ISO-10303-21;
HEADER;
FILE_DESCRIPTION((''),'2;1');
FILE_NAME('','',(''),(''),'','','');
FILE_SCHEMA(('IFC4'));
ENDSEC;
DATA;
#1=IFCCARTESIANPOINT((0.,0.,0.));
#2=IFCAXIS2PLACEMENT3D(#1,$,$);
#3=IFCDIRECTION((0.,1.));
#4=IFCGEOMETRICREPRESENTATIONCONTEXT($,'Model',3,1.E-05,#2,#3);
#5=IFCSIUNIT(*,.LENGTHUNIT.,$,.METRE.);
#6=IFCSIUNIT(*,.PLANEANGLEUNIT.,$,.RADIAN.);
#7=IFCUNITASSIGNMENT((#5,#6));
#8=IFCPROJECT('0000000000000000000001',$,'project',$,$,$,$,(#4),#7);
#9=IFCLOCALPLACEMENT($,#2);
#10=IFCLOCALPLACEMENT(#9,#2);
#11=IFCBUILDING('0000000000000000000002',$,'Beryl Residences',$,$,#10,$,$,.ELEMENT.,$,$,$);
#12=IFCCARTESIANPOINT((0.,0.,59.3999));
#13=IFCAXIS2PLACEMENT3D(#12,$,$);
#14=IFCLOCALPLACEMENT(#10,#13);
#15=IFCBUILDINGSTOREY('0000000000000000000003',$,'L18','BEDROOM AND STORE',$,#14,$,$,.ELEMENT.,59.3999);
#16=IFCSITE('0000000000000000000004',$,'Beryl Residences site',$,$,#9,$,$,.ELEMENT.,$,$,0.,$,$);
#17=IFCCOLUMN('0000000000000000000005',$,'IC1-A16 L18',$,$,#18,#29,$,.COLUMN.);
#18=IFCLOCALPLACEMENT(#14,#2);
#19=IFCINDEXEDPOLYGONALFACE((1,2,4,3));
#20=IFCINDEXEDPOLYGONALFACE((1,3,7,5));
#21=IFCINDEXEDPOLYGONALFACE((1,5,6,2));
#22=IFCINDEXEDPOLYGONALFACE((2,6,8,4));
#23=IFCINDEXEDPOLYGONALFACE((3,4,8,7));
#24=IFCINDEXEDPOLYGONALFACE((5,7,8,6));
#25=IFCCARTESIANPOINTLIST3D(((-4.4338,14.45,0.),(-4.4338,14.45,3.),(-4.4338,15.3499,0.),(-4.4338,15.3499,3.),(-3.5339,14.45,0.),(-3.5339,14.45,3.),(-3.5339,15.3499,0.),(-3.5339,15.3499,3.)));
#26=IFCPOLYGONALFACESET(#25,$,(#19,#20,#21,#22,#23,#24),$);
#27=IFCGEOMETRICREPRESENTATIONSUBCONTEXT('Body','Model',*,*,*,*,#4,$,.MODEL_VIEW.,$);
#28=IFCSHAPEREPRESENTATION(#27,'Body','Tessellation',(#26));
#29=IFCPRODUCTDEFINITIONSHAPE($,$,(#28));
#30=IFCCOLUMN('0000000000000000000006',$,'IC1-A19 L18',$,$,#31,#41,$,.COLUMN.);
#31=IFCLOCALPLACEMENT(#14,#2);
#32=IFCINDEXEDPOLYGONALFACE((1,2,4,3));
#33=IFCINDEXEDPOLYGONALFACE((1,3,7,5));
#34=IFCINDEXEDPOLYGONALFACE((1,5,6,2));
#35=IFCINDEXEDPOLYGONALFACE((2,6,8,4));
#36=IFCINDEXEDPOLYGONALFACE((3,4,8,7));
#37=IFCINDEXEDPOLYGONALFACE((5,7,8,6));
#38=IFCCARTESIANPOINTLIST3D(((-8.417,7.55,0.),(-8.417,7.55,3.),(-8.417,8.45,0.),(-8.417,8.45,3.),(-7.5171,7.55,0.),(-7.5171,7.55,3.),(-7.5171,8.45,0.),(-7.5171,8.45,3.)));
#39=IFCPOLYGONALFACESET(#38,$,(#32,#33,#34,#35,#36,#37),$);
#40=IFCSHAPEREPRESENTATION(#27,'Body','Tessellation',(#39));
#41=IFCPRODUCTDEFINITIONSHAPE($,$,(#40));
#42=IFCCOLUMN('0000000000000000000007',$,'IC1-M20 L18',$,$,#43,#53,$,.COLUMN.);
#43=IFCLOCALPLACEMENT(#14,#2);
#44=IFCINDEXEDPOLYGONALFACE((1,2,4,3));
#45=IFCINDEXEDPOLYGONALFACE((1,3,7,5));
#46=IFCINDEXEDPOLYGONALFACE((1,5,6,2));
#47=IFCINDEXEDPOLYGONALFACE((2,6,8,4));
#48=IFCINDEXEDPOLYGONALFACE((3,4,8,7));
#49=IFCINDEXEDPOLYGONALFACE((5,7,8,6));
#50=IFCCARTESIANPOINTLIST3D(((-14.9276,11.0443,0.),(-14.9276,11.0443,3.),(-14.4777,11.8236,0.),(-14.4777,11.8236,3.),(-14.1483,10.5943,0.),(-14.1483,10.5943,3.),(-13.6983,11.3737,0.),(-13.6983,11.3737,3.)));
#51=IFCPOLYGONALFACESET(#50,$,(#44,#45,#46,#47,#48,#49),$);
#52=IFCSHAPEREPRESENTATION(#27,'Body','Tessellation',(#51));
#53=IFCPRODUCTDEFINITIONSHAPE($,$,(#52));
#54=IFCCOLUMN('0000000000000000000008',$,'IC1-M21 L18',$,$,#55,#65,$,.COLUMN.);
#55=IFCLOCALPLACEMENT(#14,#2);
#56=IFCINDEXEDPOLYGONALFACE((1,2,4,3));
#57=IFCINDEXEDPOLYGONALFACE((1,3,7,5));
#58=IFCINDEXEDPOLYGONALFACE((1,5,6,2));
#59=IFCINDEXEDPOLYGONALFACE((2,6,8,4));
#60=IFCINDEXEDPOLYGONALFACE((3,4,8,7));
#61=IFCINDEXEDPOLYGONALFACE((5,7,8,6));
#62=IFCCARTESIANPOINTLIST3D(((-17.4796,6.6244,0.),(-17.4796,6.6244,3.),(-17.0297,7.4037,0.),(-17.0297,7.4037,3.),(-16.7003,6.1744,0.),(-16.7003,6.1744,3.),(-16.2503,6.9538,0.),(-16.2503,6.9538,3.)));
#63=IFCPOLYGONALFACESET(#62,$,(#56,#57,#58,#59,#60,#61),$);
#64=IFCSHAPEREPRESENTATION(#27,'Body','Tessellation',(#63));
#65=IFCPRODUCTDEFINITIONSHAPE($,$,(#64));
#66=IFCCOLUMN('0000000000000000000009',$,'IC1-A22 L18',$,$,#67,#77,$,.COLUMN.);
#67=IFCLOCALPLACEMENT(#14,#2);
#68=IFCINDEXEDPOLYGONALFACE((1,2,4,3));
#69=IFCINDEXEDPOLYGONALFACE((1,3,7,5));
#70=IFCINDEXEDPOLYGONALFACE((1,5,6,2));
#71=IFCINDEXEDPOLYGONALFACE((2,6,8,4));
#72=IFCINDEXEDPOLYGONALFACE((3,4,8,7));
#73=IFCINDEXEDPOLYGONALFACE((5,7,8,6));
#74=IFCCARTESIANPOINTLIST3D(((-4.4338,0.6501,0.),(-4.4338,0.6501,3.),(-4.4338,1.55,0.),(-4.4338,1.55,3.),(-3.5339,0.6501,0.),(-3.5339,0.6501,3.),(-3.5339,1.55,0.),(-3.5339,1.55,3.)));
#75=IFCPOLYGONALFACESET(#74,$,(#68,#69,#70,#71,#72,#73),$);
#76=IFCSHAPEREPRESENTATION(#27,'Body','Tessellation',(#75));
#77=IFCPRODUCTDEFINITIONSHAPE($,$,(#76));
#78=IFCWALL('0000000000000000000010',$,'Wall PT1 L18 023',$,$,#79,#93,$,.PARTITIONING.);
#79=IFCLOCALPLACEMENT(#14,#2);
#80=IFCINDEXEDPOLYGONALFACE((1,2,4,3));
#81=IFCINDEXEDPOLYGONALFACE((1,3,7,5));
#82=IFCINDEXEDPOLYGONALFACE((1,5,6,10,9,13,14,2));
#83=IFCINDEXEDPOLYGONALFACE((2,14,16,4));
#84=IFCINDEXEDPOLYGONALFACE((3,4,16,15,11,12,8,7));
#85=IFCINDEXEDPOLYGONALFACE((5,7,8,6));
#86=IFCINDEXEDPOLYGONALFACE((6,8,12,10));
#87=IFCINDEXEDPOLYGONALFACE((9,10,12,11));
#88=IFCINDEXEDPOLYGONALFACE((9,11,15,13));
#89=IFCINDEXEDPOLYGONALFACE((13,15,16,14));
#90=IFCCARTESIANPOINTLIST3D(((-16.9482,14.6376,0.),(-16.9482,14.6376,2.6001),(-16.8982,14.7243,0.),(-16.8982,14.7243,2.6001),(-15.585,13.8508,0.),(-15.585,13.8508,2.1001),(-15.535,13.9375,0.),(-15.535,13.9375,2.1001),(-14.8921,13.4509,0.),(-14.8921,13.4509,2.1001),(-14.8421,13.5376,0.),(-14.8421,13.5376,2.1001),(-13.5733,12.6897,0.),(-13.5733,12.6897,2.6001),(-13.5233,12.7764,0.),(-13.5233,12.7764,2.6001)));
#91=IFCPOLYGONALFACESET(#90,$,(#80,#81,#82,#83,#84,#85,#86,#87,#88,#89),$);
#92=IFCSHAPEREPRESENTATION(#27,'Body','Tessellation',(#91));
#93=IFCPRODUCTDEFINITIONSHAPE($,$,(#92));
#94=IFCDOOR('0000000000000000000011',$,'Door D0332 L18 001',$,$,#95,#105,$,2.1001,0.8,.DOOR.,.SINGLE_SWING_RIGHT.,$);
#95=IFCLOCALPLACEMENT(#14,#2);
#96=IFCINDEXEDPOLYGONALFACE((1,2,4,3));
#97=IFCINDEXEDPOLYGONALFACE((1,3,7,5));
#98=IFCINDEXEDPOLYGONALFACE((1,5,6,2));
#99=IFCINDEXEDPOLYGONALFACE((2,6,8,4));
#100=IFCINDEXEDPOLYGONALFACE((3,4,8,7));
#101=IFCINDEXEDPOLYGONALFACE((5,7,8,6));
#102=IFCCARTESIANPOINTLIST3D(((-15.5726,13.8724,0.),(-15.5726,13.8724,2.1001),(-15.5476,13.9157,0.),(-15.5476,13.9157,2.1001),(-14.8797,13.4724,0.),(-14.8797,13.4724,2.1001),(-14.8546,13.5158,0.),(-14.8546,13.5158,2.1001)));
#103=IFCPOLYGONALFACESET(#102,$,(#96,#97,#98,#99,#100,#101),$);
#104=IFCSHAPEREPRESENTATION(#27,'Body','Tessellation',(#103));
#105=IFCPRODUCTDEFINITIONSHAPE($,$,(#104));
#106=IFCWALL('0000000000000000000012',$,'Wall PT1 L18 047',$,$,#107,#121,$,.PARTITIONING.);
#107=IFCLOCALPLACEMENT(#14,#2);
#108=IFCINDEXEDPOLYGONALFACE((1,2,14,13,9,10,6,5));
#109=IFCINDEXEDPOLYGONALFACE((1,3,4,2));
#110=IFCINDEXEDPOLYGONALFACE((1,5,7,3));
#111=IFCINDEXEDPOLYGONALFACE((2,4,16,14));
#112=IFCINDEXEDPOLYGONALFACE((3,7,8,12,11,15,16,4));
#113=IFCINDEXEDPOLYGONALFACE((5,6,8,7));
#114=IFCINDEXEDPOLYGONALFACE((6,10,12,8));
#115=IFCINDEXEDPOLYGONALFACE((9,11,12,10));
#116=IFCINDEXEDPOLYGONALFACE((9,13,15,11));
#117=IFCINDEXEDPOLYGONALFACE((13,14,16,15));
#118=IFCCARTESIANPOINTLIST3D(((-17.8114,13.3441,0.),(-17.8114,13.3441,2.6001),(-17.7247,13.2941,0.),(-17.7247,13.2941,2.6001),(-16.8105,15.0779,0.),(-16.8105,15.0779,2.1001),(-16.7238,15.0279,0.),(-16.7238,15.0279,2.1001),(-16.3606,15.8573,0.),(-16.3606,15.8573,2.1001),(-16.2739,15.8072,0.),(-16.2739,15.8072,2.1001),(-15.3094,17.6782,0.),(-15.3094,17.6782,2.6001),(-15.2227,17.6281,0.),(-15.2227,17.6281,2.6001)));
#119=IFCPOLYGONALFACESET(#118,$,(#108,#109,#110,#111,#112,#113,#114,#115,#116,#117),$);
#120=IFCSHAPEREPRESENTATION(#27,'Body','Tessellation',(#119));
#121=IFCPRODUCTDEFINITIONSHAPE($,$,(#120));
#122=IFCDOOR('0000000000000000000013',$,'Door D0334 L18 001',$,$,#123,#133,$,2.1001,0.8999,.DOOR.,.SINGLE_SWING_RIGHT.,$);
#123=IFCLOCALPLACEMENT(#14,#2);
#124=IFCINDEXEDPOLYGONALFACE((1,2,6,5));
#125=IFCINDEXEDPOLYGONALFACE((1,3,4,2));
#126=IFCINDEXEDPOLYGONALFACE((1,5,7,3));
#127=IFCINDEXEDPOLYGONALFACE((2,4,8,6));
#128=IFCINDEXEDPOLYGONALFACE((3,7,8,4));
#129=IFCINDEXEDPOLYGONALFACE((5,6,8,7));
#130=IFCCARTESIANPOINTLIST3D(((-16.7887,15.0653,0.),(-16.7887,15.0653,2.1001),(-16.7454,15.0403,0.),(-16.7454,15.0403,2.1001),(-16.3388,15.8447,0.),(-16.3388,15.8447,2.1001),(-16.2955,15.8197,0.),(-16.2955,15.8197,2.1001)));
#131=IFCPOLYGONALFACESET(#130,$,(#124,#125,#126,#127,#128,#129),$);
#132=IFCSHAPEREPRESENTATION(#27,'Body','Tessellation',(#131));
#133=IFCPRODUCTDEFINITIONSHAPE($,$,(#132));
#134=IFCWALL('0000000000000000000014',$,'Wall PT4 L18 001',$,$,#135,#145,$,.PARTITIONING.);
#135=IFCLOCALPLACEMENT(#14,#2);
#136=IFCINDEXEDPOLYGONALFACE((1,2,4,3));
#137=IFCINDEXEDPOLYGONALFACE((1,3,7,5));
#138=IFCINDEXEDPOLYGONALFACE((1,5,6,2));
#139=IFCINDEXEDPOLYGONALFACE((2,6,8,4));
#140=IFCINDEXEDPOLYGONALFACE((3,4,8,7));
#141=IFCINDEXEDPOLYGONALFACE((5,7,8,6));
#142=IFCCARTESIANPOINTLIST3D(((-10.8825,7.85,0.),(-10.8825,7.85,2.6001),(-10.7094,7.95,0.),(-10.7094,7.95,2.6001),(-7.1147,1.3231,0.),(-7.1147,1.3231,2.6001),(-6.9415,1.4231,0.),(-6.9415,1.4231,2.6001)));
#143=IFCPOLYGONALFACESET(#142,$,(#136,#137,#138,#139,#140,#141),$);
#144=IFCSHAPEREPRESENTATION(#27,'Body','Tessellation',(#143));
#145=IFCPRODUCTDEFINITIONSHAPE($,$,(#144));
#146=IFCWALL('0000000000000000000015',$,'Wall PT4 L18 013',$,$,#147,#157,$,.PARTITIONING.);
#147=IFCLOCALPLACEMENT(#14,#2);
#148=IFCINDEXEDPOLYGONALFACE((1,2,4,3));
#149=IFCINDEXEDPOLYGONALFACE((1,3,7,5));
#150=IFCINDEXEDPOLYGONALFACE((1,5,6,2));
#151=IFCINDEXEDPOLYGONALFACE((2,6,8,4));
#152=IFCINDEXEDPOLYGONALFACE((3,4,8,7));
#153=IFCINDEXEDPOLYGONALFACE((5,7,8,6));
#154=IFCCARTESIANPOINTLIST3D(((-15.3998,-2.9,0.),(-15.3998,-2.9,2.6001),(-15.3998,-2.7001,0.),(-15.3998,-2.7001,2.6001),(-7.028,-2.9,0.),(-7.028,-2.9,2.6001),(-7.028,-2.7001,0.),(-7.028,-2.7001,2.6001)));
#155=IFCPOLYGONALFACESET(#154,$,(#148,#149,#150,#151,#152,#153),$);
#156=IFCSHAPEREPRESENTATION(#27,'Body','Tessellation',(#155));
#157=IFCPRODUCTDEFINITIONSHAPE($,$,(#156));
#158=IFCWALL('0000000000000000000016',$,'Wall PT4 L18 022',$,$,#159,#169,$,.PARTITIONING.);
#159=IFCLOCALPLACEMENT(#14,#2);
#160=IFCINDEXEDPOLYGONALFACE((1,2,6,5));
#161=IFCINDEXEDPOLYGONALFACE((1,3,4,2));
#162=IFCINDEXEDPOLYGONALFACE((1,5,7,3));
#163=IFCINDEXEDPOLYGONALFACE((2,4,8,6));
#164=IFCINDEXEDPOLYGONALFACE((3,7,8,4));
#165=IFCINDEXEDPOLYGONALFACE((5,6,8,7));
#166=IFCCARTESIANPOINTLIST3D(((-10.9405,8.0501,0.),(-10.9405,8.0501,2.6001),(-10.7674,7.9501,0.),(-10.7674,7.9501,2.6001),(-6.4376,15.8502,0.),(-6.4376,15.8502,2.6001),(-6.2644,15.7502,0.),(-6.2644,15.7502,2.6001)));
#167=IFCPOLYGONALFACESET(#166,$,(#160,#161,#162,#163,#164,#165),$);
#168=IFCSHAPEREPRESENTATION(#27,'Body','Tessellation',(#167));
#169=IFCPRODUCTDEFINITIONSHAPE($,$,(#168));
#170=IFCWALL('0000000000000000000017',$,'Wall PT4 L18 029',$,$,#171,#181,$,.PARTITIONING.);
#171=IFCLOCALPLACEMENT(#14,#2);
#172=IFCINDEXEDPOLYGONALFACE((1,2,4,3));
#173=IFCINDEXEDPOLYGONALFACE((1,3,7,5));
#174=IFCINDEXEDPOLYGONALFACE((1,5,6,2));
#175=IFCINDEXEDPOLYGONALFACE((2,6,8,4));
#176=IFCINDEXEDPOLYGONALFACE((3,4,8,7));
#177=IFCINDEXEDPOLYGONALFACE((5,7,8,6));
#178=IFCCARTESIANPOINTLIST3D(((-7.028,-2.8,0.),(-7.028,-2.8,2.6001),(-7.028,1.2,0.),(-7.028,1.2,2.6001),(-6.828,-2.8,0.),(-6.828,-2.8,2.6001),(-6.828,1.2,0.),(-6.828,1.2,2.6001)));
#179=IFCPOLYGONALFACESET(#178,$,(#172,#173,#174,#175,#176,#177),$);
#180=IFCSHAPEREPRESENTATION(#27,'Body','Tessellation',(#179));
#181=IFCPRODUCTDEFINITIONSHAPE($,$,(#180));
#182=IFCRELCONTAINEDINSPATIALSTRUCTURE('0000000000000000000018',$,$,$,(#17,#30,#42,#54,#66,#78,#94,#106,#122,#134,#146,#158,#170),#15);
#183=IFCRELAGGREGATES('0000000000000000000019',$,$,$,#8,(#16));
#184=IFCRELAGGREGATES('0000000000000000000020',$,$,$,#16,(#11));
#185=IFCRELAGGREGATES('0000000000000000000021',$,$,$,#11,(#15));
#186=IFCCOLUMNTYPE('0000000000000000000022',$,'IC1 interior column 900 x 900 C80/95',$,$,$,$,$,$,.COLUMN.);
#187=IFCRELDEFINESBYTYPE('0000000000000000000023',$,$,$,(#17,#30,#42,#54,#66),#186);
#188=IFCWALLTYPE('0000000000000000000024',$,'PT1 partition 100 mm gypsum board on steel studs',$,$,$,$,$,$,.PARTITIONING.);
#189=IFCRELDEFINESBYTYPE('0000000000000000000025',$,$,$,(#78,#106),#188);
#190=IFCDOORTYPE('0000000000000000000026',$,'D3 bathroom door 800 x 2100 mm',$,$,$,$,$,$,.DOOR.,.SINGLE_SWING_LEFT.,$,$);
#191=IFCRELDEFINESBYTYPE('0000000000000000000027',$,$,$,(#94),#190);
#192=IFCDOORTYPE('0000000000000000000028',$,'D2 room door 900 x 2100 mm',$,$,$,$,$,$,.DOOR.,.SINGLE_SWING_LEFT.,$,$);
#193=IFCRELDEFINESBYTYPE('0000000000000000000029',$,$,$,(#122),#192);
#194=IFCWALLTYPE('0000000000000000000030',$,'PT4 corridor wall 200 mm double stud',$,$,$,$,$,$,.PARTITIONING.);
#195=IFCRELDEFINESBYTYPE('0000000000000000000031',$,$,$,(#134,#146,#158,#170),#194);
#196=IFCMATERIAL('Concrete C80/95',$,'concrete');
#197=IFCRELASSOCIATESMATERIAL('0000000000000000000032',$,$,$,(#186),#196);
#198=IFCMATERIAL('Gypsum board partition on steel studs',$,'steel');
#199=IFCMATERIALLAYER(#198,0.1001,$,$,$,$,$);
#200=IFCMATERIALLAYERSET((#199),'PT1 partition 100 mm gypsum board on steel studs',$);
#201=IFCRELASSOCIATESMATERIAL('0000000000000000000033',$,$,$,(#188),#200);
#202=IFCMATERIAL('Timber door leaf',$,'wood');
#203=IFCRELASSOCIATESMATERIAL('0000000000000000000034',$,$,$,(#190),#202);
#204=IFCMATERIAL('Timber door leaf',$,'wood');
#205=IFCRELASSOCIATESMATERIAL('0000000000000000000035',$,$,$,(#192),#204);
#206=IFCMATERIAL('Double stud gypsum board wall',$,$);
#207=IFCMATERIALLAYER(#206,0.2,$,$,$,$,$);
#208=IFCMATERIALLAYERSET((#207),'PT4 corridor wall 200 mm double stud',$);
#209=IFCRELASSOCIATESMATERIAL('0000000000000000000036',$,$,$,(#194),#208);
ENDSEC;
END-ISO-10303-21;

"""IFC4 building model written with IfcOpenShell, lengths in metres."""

from ifc_helpers import new_model, si_unit, direction, frame, frame_2d, origin, origin_2d, place, context, subcontext, project, spatial, rectangle, extrude, material, layer, layer_set, material_profile, profile_set, type_object, element, fill, save


model = new_model("IFC4")

# Units and contexts
model_context = context("Model", 3, precision=1e-05, world=origin(), true_north=direction((0.0, 1.0)))
body_context = subcontext(model_context, "Body", "Model", "MODEL_VIEW")
ifc_project = project(units=[si_unit("LENGTHUNIT", "METRE"), si_unit("PLANEANGLEUNIT", "RADIAN")], contexts=[model_context])

# Site, building, storey
site_placement = place(None, origin())
site = spatial("IfcSite", under=ifc_project, at=site_placement, Name="Beryl Residences site", CompositionType="ELEMENT", RefElevation=0.0)
building_placement = place(site_placement, origin())
building = spatial("IfcBuilding", under=site, at=building_placement, Name="Beryl Residences", CompositionType="ELEMENT")
storey_placement = place(building_placement, frame((0.0, 0.0, 59.3999)))
storey = spatial("IfcBuildingStorey", under=building, at=storey_placement, Name="L18", Description="BEDROOM AND STORE", CompositionType="ELEMENT", Elevation=59.3999)

# Columns
ifc_material_1 = material(Name="Concrete C80/95", Category="concrete")
ifc_material_profile = material_profile(ifc_material_1, rectangle(XDim=0.8999, YDim=0.8999, at=origin_2d()))
ifc_profile_set = profile_set([ifc_material_profile], Name="Concrete C80/95")
column_type = type_object("IfcColumnType", Name="IC1 interior column 900 x 900 C80/95", PredefinedType="COLUMN", material=ifc_profile_set)
for number, where, z_axis, x_axis, name in (
    (1, (-3.9839, 14.8999, 0.0), (0.0, 0.0, 1.0), (1.0, 0.0, 0.0), "IC1-A16 L18"),
    (2, (-7.967, 8.0, 0.0), (0.0, 0.0, 1.0), (1.0, 0.0, 0.0), "IC1-A19 L18"),
    (3, (-14.313, 11.209, 0.0), (0.0, 0.0, 1.0), (-0.499985, -0.866034, 0.0), "IC1-M20 L18"),
    (4, (-16.865, 6.7891, 0.0), (0.0, 0.0, 1.0), (-0.499985, -0.866034, 0.0), "IC1-M21 L18"),
    (5, (-3.9839, 1.1001, 0.0), (0.0, 0.0, 1.0), (1.0, 0.0, 0.0), "IC1-A22 L18"),
):
    element("IfcColumn", number, at=place(storey_placement, frame(where, z_axis=z_axis, x_axis=x_axis)), inside=storey, type_object=column_type, Name=name, PredefinedType="COLUMN", context=body_context, shape_type="SweptSolid", body=[
        extrude(rectangle(XDim=0.8999, YDim=0.8999, at=origin_2d()), origin(), (0.0, 0.0, 1.0), 3.0),
    ])

# Walls, openings, doors
ifc_material_2 = material(Name="Gypsum board partition on steel studs", Category="steel")
ifc_layer_1 = layer(ifc_material_2, 0.1001)
ifc_layer_set_1 = layer_set([ifc_layer_1], Name="PT1 partition 100 mm gypsum board on steel studs")
wall_type_1 = type_object("IfcWallType", Name="PT1 partition 100 mm gypsum board on steel studs", PredefinedType="PARTITIONING", material=ifc_layer_set_1)
wall_1_placement = place(storey_placement, frame((-16.9231, 14.6809, 0.0), z_axis=(0.0, 0.0, 1.0), x_axis=(0.866088, -0.499892, 0.0)))
wall_1 = element("IfcWall", 6, at=wall_1_placement, inside=storey, type_object=wall_type_1, Name="Wall PT1 L18 023", PredefinedType="PARTITIONING", context=body_context, shape_type="SweptSolid", body=[
    extrude(rectangle(XDim=3.8967, YDim=0.1001, at=frame_2d((1.9482, 0.0))), origin(), (0.0, 0.0, 1.0), 2.6001),
])
opening_1_placement = place(wall_1_placement, frame((1.574, 0.0, 0.0)))
opening_1 = element("IfcOpeningElement", 7, at=opening_1_placement, cuts=wall_1, PredefinedType="OPENING", context=body_context, shape_type="SweptSolid", body=[
    extrude(rectangle(XDim=0.8, YDim=2.1001, at=frame_2d((0.3999, 1.05))), frame((0.0, 0.0601, 0.0), z_axis=(0.0, -1.0, 0.0), x_axis=(1.0, 0.0, 0.0)), (0.0, 0.0, 1.0), 0.1201),
])
ifc_material_3 = material(Name="Timber door leaf", Category="wood")
door_type_1 = type_object("IfcDoorType", Name="D3 bathroom door 800 x 2100 mm", OperationType="SINGLE_SWING_LEFT", PredefinedType="DOOR", material=ifc_material_3)
door_1_placement = place(opening_1_placement, origin())
door_1 = element("IfcDoor", 8, at=door_1_placement, inside=storey, type_object=door_type_1, Name="Door D0332 L18 001", OperationType="SINGLE_SWING_RIGHT", OverallHeight=2.1001, OverallWidth=0.8, PredefinedType="DOOR", context=body_context, shape_type="SweptSolid", body=[
    extrude(rectangle(XDim=0.8, YDim=2.1001, at=frame_2d((0.3999, 1.05))), frame((0.0, 0.0249, 0.0), z_axis=(0.0, -1.0, 0.0), x_axis=(1.0, 0.0, 0.0)), (0.0, 0.0, 1.0), 0.05),
])
fill(opening_1, door_1)
wall_2_placement = place(storey_placement, frame((-17.7681, 13.3191, 0.0), z_axis=(0.0, 0.0, 1.0), x_axis=(0.499959, 0.866049, 0.0)))
wall_2 = element("IfcWall", 9, at=wall_2_placement, inside=storey, type_object=wall_type_1, Name="Wall PT1 L18 047", PredefinedType="PARTITIONING", context=body_context, shape_type="SweptSolid", body=[
    extrude(rectangle(XDim=5.0044, YDim=0.1001, at=frame_2d((2.5022, 0.0))), origin(), (0.0, 0.0, 1.0), 2.6001),
])
opening_2_placement = place(wall_2_placement, frame((2.002, 0.0, 0.0)))
opening_2 = element("IfcOpeningElement", 10, at=opening_2_placement, cuts=wall_2, PredefinedType="OPENING", context=body_context, shape_type="SweptSolid", body=[
    extrude(rectangle(XDim=0.8999, YDim=2.1001, at=frame_2d((0.45, 1.05))), frame((0.0, 0.0601, 0.0), z_axis=(0.0, -1.0, 0.0), x_axis=(1.0, 0.0, 0.0)), (0.0, 0.0, 1.0), 0.1201),
])
ifc_material_4 = material(Name="Timber door leaf", Category="wood")
door_type_2 = type_object("IfcDoorType", Name="D2 room door 900 x 2100 mm", OperationType="SINGLE_SWING_LEFT", PredefinedType="DOOR", material=ifc_material_4)
door_2_placement = place(opening_2_placement, origin())
door_2 = element("IfcDoor", 11, at=door_2_placement, inside=storey, type_object=door_type_2, Name="Door D0334 L18 001", OperationType="SINGLE_SWING_RIGHT", OverallHeight=2.1001, OverallWidth=0.8999, PredefinedType="DOOR", context=body_context, shape_type="SweptSolid", body=[
    extrude(rectangle(XDim=0.8999, YDim=2.1001, at=frame_2d((0.45, 1.05))), frame((0.0, 0.0249, 0.0), z_axis=(0.0, -1.0, 0.0), x_axis=(1.0, 0.0, 0.0)), (0.0, 0.0, 1.0), 0.05),
])
fill(opening_2, door_2)

# Walls
ifc_material_5 = material(Name="Double stud gypsum board wall")
ifc_layer_2 = layer(ifc_material_5, 0.2)
ifc_layer_set_2 = layer_set([ifc_layer_2], Name="PT4 corridor wall 200 mm double stud")
wall_type_2 = type_object("IfcWallType", Name="PT4 corridor wall 200 mm double stud", PredefinedType="PARTITIONING", material=ifc_layer_set_2)
wall_3_placement = place(storey_placement, frame((-10.7959, 7.8999, 0.0), z_axis=(0.0, 0.0, 1.0), x_axis=(0.499954, -0.866052, 0.0)))
element("IfcWall", 12, at=wall_3_placement, inside=storey, type_object=wall_type_2, Name="Wall PT4 L18 001", PredefinedType="PARTITIONING", context=body_context, shape_type="SweptSolid", body=[
    extrude(rectangle(XDim=7.5364, YDim=0.2, at=frame_2d((3.7681, 0.0))), origin(), (0.0, 0.0, 1.0), 2.6001),
])
wall_4_placement = place(storey_placement, frame((-15.3999, -2.8, 0.0), z_axis=(0.0, 0.0, 1.0), x_axis=(1.0, 0.0, 0.0)))
element("IfcWall", 13, at=wall_4_placement, inside=storey, type_object=wall_type_2, Name="Wall PT4 L18 013", PredefinedType="PARTITIONING", context=body_context, shape_type="SweptSolid", body=[
    extrude(rectangle(XDim=8.3718, YDim=0.2, at=frame_2d((4.186, 0.0))), origin(), (0.0, 0.0, 1.0), 2.6001),
])
wall_5_placement = place(storey_placement, frame((-10.854, 8.0, 0.0), z_axis=(0.0, 0.0, 1.0), x_axis=(0.499964, 0.866046, 0.0)))
element("IfcWall", 14, at=wall_5_placement, inside=storey, type_object=wall_type_2, Name="Wall PT4 L18 022", PredefinedType="PARTITIONING", context=body_context, shape_type="SweptSolid", body=[
    extrude(rectangle(XDim=9.0066, YDim=0.2, at=frame_2d((4.5034, 0.0))), origin(), (0.0, 0.0, 1.0), 2.6001),
])
wall_6_placement = place(storey_placement, frame((-6.928, -2.8, 0.0), z_axis=(0.0, 0.0, 1.0), x_axis=(0.0, 1.0, 0.0)))
element("IfcWall", 15, at=wall_6_placement, inside=storey, type_object=wall_type_2, Name="Wall PT4 L18 029", PredefinedType="PARTITIONING", context=body_context, shape_type="SweptSolid", body=[
    extrude(rectangle(XDim=4.0, YDim=0.2, at=frame_2d((2.0, 0.0))), origin(), (0.0, 0.0, 1.0), 2.6001),
])

save(model, "model.ifc")
